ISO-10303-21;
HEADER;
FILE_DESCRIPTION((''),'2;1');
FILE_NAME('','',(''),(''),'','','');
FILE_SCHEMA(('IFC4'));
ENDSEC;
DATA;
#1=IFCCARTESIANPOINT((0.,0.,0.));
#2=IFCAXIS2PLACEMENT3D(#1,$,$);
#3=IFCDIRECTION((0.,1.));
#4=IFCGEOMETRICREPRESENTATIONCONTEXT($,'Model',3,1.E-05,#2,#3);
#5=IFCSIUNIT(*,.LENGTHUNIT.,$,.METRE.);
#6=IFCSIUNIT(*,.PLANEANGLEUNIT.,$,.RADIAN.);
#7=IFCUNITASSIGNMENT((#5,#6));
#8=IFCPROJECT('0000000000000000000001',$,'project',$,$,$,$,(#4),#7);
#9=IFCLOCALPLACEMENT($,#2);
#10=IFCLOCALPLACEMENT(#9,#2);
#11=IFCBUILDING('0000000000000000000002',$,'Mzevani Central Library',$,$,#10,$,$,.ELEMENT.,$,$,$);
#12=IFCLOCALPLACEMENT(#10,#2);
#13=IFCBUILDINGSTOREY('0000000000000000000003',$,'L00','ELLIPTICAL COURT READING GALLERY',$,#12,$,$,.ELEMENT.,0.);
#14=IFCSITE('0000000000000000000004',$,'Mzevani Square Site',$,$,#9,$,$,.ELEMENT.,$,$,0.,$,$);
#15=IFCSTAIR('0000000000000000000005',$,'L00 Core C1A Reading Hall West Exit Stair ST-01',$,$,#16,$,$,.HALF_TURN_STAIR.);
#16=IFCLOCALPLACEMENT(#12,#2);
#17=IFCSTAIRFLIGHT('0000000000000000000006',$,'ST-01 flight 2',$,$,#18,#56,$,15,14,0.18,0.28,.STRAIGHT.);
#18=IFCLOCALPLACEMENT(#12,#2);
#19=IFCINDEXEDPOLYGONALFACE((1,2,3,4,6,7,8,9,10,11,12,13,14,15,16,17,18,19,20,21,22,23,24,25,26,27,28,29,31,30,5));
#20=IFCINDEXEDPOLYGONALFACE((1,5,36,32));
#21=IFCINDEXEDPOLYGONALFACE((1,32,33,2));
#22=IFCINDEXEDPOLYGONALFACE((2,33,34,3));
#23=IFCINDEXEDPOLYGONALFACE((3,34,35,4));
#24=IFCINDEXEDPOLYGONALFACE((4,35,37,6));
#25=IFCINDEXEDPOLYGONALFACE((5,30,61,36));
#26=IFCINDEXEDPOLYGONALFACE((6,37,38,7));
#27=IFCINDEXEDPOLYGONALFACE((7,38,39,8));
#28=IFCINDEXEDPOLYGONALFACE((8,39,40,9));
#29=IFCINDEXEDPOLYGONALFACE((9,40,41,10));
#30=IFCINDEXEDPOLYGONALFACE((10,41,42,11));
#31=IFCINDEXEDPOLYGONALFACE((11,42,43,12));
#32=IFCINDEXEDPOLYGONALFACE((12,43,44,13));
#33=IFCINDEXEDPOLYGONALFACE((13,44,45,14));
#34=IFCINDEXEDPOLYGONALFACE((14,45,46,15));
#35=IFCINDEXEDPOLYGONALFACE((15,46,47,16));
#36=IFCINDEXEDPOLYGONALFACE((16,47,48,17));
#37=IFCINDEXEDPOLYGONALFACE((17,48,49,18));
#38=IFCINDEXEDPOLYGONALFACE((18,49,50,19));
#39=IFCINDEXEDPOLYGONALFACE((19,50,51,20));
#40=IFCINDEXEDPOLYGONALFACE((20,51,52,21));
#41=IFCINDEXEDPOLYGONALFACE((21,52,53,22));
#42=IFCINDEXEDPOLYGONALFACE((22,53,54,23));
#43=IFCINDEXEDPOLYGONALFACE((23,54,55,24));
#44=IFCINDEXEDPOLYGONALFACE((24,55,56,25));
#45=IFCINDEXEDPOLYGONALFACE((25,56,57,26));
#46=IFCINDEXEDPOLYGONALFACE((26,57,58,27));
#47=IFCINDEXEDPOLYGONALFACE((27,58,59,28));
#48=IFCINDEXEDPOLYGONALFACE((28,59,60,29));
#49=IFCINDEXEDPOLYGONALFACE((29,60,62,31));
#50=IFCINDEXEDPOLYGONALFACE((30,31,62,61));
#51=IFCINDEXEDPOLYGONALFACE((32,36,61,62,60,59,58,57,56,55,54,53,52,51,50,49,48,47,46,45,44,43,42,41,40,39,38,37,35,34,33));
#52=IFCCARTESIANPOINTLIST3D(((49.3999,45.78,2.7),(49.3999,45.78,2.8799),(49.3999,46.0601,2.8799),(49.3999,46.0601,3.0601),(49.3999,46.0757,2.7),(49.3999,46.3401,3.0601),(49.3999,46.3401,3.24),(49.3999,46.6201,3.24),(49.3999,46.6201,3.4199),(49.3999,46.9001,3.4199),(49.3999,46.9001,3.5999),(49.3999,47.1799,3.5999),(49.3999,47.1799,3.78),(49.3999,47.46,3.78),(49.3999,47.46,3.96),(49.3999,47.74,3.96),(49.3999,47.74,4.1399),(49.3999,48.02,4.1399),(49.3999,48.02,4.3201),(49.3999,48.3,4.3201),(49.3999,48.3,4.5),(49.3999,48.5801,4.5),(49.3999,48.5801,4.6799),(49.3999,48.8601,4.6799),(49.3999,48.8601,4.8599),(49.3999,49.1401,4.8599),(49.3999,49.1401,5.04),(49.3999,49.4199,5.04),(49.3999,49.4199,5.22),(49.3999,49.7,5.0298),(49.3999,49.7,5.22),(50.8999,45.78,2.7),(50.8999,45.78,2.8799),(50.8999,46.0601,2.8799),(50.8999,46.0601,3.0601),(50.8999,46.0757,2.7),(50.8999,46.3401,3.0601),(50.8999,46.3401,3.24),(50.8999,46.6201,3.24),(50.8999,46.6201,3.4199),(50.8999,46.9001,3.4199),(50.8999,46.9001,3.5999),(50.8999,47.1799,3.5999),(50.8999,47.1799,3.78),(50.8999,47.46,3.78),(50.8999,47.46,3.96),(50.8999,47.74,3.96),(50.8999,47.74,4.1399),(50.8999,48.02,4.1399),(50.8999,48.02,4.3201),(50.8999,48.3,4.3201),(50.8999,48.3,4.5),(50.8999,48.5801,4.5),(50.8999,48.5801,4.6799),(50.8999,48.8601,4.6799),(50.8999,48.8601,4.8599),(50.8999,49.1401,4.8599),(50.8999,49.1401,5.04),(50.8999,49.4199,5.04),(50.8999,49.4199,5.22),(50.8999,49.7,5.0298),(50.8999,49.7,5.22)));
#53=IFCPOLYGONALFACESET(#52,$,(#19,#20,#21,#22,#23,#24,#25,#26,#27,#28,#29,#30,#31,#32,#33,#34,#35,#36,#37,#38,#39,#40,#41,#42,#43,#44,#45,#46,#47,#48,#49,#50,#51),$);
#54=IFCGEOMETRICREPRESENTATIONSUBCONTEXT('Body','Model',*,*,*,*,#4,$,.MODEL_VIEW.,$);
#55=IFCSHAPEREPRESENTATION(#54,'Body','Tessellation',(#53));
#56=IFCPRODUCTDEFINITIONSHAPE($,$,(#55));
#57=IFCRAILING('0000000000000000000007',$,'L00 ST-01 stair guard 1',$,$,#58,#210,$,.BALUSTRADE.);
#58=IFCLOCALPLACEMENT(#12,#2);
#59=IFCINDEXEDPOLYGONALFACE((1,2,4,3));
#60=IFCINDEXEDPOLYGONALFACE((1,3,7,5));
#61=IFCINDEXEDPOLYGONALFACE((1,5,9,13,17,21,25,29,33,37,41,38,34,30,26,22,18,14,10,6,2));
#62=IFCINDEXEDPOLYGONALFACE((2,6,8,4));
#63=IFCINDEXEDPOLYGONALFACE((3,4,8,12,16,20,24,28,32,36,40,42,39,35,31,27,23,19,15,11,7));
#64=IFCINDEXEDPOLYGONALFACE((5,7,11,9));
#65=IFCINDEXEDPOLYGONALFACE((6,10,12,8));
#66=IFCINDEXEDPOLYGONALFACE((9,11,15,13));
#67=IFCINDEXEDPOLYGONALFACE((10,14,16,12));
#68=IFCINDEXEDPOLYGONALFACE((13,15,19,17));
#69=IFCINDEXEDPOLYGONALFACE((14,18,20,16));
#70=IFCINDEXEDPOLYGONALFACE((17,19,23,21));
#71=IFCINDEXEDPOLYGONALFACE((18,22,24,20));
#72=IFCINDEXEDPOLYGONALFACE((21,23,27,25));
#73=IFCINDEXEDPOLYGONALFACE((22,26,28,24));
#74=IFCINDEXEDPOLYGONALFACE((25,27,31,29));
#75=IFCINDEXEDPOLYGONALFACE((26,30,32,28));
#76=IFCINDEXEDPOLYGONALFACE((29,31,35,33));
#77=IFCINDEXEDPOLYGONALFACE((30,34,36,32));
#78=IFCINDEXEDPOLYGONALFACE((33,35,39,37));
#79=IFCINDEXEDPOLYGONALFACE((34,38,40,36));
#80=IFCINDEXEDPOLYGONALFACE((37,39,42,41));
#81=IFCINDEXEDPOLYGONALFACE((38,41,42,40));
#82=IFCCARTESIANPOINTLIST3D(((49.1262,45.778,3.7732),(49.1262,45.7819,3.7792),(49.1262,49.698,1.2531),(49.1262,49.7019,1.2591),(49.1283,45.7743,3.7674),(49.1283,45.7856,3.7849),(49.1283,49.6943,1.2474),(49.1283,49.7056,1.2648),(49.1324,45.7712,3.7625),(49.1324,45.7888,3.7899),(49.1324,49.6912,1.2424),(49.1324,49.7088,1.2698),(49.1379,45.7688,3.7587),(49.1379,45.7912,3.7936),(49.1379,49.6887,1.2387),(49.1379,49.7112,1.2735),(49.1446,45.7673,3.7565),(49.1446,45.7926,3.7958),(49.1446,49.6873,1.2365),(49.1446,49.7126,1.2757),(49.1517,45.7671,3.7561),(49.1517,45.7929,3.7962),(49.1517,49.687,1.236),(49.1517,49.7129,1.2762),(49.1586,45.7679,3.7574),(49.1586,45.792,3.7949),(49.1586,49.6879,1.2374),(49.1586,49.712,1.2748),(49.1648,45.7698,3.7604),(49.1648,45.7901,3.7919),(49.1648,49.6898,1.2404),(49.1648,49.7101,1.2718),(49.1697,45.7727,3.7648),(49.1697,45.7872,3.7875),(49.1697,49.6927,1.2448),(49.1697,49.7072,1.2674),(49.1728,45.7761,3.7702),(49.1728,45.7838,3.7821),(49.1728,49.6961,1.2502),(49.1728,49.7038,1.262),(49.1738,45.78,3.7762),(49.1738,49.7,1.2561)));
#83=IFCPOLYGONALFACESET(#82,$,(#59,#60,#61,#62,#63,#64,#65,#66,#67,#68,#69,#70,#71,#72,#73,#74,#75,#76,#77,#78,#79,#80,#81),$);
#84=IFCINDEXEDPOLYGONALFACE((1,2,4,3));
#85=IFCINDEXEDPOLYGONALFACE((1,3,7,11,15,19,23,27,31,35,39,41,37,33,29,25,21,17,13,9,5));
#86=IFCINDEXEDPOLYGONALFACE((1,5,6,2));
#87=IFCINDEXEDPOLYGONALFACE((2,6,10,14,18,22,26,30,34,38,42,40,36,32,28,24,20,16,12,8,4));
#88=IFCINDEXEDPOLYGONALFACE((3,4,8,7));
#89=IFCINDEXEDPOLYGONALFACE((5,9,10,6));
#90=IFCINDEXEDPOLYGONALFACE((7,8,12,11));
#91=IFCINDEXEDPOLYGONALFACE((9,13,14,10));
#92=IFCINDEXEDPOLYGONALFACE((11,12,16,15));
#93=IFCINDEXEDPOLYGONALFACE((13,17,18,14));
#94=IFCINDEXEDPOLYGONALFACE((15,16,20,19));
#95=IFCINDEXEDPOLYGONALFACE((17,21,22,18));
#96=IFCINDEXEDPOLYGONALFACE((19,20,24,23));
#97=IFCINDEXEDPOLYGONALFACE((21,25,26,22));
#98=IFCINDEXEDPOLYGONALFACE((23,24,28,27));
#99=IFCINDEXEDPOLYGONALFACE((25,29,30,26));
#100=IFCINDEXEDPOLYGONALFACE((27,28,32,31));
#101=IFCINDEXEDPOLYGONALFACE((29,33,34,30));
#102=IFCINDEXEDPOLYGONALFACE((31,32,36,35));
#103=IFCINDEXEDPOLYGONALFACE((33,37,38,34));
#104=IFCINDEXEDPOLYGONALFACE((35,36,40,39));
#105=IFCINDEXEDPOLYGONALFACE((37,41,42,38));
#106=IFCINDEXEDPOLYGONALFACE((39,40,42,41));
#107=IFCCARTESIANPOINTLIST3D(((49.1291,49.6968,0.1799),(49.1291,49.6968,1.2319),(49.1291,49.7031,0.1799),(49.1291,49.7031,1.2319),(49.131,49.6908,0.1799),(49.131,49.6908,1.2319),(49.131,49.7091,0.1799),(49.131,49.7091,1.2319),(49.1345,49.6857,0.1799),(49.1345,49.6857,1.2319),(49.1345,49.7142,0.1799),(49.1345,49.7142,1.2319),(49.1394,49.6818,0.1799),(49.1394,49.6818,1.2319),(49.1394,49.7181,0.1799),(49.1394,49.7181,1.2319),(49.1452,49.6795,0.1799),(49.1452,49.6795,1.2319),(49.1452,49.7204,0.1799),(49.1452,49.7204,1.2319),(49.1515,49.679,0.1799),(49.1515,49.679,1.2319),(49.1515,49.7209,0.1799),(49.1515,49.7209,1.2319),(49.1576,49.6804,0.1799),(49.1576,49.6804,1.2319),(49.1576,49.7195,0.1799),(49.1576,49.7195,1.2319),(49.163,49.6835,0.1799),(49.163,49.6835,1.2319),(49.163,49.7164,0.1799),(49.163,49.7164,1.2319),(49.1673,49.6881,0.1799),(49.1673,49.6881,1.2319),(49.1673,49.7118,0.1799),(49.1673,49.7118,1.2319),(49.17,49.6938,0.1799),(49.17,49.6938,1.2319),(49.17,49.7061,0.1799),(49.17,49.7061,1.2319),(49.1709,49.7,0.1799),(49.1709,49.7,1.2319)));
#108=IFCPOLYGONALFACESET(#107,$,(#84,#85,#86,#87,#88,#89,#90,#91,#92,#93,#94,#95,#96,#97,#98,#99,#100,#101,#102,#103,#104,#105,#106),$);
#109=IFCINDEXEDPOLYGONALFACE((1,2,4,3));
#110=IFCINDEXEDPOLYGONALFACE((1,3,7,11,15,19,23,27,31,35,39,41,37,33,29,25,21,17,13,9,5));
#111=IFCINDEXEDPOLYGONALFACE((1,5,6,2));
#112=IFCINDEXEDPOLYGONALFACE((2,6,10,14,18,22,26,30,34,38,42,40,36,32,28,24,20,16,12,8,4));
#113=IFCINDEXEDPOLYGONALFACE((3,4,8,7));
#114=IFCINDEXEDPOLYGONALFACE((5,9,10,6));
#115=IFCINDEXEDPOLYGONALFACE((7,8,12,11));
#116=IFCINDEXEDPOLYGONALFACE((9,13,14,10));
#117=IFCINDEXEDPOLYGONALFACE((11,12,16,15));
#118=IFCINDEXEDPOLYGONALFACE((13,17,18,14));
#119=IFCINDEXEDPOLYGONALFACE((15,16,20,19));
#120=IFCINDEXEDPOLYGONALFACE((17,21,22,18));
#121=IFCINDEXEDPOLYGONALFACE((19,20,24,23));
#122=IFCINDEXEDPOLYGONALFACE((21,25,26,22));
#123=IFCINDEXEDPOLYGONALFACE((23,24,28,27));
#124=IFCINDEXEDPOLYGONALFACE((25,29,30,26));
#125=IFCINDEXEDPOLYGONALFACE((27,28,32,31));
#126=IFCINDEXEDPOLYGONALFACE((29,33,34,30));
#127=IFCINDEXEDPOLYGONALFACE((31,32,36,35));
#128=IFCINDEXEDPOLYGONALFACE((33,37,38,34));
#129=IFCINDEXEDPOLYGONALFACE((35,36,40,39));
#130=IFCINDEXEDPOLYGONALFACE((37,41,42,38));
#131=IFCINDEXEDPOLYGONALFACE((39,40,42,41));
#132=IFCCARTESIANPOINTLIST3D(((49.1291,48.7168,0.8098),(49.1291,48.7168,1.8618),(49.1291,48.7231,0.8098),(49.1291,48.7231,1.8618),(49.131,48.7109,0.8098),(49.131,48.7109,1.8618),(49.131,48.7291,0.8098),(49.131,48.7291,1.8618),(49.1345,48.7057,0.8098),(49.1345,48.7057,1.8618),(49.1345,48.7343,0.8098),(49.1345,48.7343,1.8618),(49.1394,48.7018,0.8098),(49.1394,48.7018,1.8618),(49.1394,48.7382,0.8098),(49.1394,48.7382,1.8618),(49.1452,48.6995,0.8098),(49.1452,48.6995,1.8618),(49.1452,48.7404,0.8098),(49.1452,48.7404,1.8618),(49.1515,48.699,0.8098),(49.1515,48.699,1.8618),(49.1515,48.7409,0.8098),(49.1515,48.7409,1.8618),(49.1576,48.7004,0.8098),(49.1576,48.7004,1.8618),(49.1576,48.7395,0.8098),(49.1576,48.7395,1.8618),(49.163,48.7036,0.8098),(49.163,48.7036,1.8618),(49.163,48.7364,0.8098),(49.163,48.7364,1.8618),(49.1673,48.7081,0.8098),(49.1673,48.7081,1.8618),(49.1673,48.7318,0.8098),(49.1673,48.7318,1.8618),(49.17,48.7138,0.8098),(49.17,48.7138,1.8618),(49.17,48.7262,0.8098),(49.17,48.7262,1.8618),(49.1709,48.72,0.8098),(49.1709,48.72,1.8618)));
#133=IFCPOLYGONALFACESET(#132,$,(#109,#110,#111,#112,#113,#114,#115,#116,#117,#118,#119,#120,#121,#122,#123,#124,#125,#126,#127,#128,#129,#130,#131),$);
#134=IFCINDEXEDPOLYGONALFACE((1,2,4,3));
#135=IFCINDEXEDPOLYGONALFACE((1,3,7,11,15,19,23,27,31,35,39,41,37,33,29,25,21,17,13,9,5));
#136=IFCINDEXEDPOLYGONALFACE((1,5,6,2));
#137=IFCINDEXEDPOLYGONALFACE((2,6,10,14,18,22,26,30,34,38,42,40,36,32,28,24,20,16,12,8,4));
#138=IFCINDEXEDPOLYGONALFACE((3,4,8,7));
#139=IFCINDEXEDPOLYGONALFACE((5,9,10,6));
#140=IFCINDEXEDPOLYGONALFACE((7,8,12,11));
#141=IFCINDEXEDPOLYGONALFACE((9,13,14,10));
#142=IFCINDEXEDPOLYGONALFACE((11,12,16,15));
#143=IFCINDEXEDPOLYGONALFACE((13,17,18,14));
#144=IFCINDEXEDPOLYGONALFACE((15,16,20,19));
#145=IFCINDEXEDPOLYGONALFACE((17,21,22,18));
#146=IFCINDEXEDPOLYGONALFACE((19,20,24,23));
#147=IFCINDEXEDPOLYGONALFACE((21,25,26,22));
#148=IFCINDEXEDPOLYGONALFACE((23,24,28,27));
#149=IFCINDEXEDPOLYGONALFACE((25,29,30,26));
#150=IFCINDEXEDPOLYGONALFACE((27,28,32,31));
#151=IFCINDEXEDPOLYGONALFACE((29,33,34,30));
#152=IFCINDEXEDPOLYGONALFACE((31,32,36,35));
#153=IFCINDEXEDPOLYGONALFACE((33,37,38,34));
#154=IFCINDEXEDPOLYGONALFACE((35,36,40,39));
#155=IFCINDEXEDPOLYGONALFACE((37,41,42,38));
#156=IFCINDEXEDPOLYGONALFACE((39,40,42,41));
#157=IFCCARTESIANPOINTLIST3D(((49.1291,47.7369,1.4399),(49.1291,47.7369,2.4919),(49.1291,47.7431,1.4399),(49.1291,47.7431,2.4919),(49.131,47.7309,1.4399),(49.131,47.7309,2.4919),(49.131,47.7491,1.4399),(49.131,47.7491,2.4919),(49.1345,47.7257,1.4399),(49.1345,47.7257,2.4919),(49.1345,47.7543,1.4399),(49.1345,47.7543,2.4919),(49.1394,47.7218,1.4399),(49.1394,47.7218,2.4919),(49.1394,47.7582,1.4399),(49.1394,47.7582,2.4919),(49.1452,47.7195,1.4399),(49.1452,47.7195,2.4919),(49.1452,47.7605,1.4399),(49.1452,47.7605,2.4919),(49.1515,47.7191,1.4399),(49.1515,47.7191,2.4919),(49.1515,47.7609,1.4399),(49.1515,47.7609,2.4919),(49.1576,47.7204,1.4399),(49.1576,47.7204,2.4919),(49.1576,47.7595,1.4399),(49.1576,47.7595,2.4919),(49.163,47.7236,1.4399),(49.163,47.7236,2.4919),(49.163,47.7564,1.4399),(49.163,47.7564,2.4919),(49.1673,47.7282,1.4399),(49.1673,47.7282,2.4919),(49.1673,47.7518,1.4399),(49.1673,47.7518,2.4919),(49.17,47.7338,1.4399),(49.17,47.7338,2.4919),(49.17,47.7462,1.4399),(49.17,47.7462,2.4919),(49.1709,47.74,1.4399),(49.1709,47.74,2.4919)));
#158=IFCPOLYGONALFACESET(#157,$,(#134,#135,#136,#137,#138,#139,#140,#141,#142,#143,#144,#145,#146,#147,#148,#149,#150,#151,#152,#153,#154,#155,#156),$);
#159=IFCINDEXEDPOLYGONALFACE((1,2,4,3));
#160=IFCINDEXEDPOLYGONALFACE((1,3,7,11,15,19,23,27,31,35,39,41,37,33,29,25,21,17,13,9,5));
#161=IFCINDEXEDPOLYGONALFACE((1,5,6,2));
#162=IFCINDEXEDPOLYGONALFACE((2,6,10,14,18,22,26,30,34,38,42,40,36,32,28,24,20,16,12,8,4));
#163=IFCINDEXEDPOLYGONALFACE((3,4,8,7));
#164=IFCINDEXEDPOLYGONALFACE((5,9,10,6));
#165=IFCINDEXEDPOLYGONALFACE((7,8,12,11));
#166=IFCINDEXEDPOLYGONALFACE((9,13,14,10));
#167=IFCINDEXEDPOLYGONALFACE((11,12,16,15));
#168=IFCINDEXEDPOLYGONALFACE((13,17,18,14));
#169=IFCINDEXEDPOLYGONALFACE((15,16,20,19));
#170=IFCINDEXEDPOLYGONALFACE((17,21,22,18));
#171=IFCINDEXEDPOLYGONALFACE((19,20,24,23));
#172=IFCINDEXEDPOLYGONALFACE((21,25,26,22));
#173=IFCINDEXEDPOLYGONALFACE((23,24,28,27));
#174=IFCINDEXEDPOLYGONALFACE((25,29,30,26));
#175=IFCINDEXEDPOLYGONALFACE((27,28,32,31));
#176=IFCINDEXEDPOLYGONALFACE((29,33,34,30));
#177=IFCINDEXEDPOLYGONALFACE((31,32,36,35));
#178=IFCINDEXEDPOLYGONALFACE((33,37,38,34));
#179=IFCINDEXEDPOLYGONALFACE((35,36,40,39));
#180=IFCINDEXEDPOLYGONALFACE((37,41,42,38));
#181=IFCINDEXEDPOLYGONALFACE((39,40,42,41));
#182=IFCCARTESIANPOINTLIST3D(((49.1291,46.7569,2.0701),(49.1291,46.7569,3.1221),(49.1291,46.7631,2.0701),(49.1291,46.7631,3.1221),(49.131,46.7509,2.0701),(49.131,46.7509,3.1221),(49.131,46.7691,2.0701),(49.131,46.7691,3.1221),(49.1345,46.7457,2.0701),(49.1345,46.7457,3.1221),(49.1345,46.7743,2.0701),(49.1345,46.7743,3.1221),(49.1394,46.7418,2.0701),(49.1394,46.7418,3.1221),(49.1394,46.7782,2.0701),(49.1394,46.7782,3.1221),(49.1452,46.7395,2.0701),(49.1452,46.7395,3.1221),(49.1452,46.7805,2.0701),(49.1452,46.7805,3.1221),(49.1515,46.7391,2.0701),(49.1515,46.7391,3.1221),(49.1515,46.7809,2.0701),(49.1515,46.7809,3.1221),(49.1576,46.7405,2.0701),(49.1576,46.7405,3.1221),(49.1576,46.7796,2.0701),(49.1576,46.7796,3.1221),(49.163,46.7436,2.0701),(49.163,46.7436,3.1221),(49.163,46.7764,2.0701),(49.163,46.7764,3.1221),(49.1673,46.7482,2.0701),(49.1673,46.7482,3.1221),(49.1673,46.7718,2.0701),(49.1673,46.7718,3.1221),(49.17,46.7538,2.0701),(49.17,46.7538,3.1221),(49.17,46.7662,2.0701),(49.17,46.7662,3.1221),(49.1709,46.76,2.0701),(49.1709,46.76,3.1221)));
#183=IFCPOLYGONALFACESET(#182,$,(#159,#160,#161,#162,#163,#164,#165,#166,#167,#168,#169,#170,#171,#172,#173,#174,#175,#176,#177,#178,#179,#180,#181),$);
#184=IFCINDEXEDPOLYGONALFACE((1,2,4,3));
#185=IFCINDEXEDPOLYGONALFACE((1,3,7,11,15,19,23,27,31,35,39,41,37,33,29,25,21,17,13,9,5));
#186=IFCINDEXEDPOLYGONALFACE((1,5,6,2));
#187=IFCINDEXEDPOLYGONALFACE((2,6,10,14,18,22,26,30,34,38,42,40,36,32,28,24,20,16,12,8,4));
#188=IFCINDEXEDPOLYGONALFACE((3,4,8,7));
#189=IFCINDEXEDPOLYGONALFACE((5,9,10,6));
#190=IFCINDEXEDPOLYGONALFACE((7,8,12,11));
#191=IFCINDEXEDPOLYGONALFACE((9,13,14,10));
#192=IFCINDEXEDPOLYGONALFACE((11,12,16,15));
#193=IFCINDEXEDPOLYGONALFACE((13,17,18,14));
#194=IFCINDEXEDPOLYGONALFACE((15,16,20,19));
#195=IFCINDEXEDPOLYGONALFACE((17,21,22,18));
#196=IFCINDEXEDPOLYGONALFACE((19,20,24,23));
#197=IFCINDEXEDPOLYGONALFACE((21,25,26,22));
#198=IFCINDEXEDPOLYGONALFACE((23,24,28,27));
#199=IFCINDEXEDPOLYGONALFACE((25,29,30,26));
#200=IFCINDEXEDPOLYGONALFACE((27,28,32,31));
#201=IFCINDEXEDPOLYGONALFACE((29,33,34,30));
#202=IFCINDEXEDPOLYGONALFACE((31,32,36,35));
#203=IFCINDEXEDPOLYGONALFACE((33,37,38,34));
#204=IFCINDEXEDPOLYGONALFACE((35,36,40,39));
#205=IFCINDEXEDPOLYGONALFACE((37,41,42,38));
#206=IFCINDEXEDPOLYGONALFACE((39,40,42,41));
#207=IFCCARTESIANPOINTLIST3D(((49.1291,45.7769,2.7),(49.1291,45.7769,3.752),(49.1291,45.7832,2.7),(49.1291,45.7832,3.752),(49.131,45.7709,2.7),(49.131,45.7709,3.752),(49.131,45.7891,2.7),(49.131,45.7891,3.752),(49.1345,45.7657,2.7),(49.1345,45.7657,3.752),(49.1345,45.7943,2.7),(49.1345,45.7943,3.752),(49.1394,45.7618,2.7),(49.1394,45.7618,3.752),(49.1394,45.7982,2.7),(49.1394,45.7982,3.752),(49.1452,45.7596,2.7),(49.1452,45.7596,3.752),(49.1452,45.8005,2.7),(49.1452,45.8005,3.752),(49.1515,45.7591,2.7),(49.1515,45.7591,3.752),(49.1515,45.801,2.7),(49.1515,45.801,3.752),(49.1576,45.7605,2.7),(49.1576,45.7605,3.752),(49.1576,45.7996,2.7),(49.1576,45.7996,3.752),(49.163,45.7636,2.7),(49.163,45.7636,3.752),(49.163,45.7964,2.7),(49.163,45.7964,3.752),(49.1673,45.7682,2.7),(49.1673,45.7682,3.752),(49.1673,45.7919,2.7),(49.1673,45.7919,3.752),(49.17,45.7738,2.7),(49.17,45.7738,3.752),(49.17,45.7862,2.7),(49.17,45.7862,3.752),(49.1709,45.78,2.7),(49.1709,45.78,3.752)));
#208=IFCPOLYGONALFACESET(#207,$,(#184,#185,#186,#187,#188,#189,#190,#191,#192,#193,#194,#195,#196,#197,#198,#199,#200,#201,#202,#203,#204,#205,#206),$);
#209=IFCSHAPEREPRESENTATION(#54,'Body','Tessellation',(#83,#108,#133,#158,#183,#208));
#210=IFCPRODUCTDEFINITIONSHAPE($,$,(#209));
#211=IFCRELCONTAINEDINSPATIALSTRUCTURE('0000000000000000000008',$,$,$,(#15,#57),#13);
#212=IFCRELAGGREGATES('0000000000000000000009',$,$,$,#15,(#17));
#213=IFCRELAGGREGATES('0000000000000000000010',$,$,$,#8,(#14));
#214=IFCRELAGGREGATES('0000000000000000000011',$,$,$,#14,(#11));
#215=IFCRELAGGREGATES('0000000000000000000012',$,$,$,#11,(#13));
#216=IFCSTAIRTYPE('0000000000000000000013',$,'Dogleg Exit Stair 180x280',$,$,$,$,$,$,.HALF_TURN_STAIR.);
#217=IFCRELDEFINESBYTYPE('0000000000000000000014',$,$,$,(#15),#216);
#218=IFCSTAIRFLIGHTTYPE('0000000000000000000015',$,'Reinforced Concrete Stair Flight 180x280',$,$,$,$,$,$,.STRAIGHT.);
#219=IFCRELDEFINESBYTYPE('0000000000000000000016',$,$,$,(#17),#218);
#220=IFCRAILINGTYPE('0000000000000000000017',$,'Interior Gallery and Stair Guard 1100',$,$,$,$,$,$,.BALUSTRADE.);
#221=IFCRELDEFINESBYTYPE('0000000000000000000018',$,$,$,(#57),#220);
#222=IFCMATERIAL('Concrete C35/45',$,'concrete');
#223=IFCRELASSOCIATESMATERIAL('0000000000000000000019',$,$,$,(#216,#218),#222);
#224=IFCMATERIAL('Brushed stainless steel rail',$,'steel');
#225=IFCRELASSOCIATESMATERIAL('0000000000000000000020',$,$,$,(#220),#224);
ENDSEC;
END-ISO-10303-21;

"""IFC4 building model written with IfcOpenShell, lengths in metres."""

from ifc_helpers import new_model, si_unit, direction, frame, origin, origin_2d, place, context, subcontext, project, spatial, polyline, circle, outline, extrude, material, type_object, element, aggregate, save


model = new_model("IFC4")

# Units and contexts
model_context = context("Model", 3, precision=1e-05, world=origin(), true_north=direction((0.0, 1.0)))
body_context = subcontext(model_context, "Body", "Model", "MODEL_VIEW")
ifc_project = project(units=[si_unit("LENGTHUNIT", "METRE"), si_unit("PLANEANGLEUNIT", "RADIAN")], contexts=[model_context])

# Site, building, storey
site_placement = place(None, origin())
site = spatial("IfcSite", under=ifc_project, at=site_placement, Name="Mzevani Square Site", CompositionType="ELEMENT", RefElevation=0.0)
building_placement = place(site_placement, origin())
building = spatial("IfcBuilding", under=site, at=building_placement, Name="Mzevani Central Library", CompositionType="ELEMENT")
storey_placement = place(building_placement, origin())
storey = spatial("IfcBuildingStorey", under=building, at=storey_placement, Name="L00", Description="ELLIPTICAL COURT READING GALLERY", CompositionType="ELEMENT", Elevation=0.0)

# Shared definitions
ifc_material_1 = material(Name="Concrete C35/45", Category="concrete")

# Stair, stair flight
stair_type = type_object("IfcStairType", Name="Dogleg Exit Stair 180x280", PredefinedType="HALF_TURN_STAIR", material=ifc_material_1)
stair_placement = place(storey_placement, origin())
stair = element("IfcStair", 1, at=stair_placement, inside=storey, type_object=stair_type, Name="L00 Core C1A Reading Hall West Exit Stair ST-01", PredefinedType="HALF_TURN_STAIR")
stair_flight_type = type_object("IfcStairFlightType", Name="Reinforced Concrete Stair Flight 180x280", PredefinedType="STRAIGHT", material=ifc_material_1)
stair_flight_1_placement = place(storey_placement, frame((50.1499, 45.78, 2.7), z_axis=(0.0, 0.0, 1.0), x_axis=(0.0, 1.0, 0.0)))
stair_flight_1 = element("IfcStairFlight", 2, at=stair_flight_1_placement, type_object=stair_flight_type, Name="ST-01 flight 2", NumberOfRisers=15, NumberOfTreads=14, PredefinedType="STRAIGHT", RiserHeight=0.18, TreadLength=0.28, context=body_context, shape_type="SweptSolid", body=[
    extrude(outline(polyline([(0.0, 0.0), (0.0, 0.1799), (0.28, 0.1799), (0.28, 0.3601), (0.5601, 0.3601), (0.5601, 0.54), (0.8401, 0.54), (0.8401, 0.72), (1.1201, 0.72), (1.1201, 0.8999), (1.3999, 0.8999), (1.3999, 1.0801), (1.6799, 1.0801), (1.6799, 1.26), (1.96, 1.26), (1.96, 1.4399), (2.24, 1.4399), (2.24, 1.6201), (2.52, 1.6201), (2.52, 1.8), (2.8, 1.8), (2.8, 1.98), (3.0801, 1.98), (3.0801, 2.1599), (3.3601, 2.1599), (3.3601, 2.3401), (3.6399, 2.3401), (3.6399, 2.52), (3.9199, 2.52), (3.9199, 2.7), (3.9199, 2.3298), (0.2957, 0.0), (0.0, 0.0)])), frame((0.0, 0.75, 0.0), z_axis=(0.0, -1.0, 0.0), x_axis=(1.0, 0.0, 0.0)), (0.0, 0.0, 1.0), 1.5),
])
aggregate(stair, [stair_flight_1])

# Railing
ifc_material_2 = material(Name="Brushed stainless steel rail", Category="steel")
railing_type_1 = type_object("IfcRailingType", Name="Interior Gallery and Stair Guard 1100", PredefinedType="BALUSTRADE", material=ifc_material_2)
railing_1_placement = place(storey_placement, frame((49.1499, 49.7, 0.1799)))
element("IfcRailing", 3, at=railing_1_placement, inside=storey, type_object=railing_type_1, Name="L00 ST-01 stair guard 1", PredefinedType="BALUSTRADE", context=body_context, shape_type="SweptSolid", body=[
    extrude(circle(Radius=0.0239, at=origin_2d()), frame((0.0, 0.0, 1.0762), z_axis=(0.0, -0.841172, 0.540768), x_axis=(1.0, 0.0, 0.0)), (0.0, 0.0, 1.0), 4.6602),
    extrude(circle(Radius=0.021, at=origin_2d()), origin(), (0.0, 0.0, 1.0), 1.052),
    extrude(circle(Radius=0.021, at=origin_2d()), frame((0.0, -0.98, 0.6299)), (0.0, 0.0, 1.0), 1.052),
    extrude(circle(Radius=0.021, at=origin_2d()), frame((0.0, -1.96, 1.26)), (0.0, 0.0, 1.0), 1.052),
    extrude(circle(Radius=0.021, at=origin_2d()), frame((0.0, -2.9399, 1.8901)), (0.0, 0.0, 1.0), 1.052),
    extrude(circle(Radius=0.021, at=origin_2d()), frame((0.0, -3.9199, 2.52)), (0.0, 0.0, 1.0), 1.052),
])

save(model, "model.ifc")
